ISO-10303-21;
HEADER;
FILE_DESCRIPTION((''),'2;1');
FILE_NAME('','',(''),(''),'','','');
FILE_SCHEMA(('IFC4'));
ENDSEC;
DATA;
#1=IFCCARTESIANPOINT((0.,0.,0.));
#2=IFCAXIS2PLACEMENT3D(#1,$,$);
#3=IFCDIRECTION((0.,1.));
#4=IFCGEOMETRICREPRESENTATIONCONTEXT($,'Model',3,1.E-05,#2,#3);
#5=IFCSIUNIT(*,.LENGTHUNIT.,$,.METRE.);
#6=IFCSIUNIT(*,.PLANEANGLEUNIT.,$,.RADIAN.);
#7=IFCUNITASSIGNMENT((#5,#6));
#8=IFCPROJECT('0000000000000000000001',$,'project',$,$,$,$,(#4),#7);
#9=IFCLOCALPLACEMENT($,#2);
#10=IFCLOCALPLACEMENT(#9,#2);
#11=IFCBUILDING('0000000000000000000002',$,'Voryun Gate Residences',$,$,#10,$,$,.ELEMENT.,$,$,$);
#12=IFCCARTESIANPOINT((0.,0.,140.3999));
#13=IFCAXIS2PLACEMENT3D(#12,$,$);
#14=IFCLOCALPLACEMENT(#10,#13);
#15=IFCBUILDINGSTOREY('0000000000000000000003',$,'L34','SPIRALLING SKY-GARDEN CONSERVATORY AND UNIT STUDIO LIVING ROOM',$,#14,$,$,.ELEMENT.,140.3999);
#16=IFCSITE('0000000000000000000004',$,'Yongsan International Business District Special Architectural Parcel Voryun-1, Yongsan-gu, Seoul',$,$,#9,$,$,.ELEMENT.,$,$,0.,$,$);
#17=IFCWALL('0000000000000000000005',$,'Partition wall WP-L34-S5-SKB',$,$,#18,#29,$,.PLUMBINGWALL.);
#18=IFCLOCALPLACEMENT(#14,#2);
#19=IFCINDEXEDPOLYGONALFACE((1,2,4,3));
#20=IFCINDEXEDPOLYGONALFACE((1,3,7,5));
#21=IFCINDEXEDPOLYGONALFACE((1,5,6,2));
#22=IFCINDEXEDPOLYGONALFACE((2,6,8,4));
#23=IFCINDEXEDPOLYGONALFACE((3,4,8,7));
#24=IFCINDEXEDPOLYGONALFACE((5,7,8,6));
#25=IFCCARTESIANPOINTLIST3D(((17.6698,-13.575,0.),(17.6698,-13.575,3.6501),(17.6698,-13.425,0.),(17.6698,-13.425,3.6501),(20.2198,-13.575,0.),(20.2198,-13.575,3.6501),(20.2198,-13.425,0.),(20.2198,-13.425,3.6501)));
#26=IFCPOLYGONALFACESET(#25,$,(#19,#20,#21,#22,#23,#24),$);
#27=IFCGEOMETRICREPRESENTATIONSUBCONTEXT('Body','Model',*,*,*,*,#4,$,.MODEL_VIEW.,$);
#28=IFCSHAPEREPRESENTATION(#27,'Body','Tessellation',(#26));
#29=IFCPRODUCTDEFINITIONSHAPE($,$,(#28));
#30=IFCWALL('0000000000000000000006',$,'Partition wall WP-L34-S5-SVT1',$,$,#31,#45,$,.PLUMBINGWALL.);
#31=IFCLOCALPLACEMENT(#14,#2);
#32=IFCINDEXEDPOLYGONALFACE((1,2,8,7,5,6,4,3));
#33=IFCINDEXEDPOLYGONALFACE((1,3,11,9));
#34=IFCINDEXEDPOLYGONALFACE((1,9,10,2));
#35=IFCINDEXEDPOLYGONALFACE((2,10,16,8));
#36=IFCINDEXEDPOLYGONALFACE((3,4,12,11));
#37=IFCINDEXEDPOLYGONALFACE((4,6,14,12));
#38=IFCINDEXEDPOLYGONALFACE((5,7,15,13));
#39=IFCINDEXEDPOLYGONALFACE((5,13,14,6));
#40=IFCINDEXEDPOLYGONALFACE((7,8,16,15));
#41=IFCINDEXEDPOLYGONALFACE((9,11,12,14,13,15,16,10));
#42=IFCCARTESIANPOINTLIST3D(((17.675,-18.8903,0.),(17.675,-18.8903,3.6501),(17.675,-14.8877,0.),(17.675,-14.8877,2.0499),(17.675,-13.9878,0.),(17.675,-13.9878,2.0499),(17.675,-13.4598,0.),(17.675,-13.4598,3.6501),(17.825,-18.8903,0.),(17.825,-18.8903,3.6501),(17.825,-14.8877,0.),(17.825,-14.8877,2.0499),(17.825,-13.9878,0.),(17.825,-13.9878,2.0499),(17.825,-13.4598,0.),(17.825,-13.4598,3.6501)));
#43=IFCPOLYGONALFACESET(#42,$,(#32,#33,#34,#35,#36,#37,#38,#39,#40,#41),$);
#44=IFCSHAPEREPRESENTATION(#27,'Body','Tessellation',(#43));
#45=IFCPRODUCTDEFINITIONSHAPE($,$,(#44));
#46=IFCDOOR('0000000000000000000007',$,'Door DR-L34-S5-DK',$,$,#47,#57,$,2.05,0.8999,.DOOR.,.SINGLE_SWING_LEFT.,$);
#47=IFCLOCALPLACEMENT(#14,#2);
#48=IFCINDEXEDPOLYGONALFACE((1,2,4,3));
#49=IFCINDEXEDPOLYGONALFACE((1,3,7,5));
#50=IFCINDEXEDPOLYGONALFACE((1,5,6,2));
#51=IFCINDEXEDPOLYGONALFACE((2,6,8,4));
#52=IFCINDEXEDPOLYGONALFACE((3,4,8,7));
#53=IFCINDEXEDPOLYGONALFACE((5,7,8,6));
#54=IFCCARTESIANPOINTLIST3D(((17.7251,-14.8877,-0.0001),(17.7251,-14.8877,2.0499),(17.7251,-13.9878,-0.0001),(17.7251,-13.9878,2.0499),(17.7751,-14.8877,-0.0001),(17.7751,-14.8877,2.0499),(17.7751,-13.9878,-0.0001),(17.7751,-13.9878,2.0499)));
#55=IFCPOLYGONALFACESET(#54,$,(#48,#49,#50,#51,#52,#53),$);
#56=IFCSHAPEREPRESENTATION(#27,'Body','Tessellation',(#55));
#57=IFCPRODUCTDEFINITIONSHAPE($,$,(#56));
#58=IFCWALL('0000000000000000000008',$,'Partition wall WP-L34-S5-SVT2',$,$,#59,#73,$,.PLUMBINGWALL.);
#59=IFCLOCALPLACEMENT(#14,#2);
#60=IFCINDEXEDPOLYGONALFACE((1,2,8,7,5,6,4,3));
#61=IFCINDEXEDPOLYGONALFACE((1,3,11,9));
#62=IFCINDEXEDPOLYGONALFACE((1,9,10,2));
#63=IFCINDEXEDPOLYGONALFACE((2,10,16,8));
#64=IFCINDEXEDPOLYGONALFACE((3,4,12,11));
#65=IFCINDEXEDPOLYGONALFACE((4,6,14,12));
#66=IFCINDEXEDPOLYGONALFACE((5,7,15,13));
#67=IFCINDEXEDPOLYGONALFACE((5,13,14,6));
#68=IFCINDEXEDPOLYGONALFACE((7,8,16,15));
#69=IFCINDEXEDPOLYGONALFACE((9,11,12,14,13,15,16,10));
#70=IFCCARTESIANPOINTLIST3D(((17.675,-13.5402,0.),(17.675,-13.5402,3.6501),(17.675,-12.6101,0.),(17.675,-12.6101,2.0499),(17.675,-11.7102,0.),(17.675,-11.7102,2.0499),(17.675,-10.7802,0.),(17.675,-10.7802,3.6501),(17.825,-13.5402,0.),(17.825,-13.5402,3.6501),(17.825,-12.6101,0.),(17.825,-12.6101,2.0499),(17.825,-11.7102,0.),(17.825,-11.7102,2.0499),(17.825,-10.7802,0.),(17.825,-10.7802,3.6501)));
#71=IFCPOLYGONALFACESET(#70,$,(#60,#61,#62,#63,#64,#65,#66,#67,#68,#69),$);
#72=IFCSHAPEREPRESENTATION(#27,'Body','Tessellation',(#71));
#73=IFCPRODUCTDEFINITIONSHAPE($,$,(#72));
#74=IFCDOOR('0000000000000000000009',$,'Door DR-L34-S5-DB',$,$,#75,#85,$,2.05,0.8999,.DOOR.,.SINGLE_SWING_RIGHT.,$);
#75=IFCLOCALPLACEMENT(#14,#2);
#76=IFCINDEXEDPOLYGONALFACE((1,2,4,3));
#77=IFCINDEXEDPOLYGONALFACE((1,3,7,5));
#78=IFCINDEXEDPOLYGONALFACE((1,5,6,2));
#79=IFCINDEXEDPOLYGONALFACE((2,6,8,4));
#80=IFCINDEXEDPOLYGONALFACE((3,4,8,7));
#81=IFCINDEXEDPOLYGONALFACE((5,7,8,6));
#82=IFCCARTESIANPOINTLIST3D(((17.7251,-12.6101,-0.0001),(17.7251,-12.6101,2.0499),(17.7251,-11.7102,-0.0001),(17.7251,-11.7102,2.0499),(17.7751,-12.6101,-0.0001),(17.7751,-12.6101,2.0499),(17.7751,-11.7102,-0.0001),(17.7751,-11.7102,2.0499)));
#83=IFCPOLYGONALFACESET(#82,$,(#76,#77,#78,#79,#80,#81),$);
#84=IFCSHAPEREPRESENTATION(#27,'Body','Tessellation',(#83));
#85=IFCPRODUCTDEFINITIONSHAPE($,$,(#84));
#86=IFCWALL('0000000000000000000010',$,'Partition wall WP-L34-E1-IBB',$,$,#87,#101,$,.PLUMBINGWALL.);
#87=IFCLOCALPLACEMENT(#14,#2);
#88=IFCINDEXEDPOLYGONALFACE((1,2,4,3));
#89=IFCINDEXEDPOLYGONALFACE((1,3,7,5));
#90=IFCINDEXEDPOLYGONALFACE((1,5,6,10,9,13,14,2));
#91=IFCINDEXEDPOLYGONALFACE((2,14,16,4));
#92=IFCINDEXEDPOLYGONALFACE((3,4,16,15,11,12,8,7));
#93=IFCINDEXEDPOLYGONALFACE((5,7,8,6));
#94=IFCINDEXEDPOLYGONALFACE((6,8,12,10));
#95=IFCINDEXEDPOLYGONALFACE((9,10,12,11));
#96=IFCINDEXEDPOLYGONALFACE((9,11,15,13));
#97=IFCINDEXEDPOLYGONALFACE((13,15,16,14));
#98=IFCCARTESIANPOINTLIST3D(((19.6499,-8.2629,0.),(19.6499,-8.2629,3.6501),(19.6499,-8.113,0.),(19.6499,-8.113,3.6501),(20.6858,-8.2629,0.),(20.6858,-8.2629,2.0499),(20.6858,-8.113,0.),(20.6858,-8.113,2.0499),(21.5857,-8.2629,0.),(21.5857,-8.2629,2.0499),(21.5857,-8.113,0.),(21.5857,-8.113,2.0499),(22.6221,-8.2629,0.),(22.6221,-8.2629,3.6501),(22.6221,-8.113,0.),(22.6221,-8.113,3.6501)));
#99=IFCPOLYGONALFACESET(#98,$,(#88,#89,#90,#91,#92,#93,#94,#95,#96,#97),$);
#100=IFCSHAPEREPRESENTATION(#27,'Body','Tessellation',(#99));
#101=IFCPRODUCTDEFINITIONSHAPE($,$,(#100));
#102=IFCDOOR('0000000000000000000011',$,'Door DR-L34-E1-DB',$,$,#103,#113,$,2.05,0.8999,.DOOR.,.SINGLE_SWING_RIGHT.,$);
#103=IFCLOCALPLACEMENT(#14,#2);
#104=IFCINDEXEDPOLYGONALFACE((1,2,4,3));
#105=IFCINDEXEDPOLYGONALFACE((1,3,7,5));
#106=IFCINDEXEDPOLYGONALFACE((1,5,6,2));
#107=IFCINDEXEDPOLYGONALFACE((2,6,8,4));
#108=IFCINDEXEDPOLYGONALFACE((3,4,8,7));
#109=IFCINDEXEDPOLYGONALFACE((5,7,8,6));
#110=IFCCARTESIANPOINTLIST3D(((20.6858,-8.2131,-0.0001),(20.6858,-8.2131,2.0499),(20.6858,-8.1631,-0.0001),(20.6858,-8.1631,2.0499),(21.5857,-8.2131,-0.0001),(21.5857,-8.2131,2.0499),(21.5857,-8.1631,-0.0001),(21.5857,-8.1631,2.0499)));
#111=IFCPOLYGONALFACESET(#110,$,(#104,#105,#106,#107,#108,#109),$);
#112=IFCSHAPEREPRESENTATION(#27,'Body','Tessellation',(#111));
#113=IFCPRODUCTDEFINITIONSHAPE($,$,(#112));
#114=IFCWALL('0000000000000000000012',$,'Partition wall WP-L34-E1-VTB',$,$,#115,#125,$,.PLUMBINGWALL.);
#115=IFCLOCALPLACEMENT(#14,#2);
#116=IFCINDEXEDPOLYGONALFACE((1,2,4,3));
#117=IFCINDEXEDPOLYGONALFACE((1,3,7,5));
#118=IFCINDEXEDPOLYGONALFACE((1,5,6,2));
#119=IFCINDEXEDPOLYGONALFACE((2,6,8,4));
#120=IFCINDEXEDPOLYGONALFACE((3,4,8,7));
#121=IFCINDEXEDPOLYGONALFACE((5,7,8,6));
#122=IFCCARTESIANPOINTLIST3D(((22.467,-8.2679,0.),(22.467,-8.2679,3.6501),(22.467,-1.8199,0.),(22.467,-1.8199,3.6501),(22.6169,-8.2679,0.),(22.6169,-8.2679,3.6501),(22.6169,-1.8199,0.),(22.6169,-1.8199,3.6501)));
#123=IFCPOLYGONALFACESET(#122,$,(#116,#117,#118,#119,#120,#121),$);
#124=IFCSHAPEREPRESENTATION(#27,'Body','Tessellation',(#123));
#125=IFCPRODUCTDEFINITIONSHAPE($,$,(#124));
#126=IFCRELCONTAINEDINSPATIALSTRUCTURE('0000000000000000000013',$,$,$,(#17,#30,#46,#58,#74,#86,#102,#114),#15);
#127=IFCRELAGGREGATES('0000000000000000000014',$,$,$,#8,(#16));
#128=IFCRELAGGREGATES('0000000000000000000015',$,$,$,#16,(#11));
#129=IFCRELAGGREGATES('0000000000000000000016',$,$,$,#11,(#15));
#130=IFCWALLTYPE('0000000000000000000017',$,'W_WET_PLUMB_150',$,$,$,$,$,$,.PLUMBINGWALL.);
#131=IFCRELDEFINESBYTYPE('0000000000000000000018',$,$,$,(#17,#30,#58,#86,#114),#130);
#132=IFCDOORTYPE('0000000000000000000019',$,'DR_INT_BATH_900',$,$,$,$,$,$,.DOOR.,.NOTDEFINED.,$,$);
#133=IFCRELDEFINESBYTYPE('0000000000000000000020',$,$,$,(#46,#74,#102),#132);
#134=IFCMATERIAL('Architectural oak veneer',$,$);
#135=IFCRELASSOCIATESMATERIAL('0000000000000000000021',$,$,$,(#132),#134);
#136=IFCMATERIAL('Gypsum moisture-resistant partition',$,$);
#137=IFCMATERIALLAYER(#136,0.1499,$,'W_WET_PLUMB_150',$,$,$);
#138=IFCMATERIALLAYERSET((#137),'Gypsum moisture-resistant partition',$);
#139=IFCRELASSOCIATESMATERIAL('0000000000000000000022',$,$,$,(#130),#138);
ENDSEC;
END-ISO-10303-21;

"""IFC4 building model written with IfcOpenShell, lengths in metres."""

from ifc_helpers import new_model, si_unit, direction, frame, frame_2d, origin, place, context, subcontext, project, spatial, rectangle, extrude, material, layer, layer_set, type_object, element, fill, save


model = new_model("IFC4")

# Units and contexts
model_context = context("Model", 3, precision=1e-05, world=origin(), true_north=direction((0.0, 1.0)))
body_context = subcontext(model_context, "Body", "Model", "MODEL_VIEW")
ifc_project = project(units=[si_unit("LENGTHUNIT", "METRE"), si_unit("PLANEANGLEUNIT", "RADIAN")], contexts=[model_context])

# Site, building, storey
site_placement = place(None, origin())
site = spatial("IfcSite", under=ifc_project, at=site_placement, Name="Yongsan International Business District Special Architectural Parcel Voryun-1, Yongsan-gu, Seoul", CompositionType="ELEMENT", RefElevation=0.0)
building_placement = place(site_placement, origin())
building = spatial("IfcBuilding", under=site, at=building_placement, Name="Voryun Gate Residences", CompositionType="ELEMENT")
storey_placement = place(building_placement, frame((0.0, 0.0, 140.3999)))
storey = spatial("IfcBuildingStorey", under=building, at=storey_placement, Name="L34", Description="SPIRALLING SKY-GARDEN CONSERVATORY AND UNIT STUDIO LIVING ROOM", CompositionType="ELEMENT", Elevation=140.3999)

# Shared definitions
ifc_material_1 = material(Name="Architectural oak veneer")
door_type_1 = type_object("IfcDoorType", Name="DR_INT_BATH_900", OperationType="NOTDEFINED", PredefinedType="DOOR", material=ifc_material_1)

# Wall
ifc_material_2 = material(Name="Gypsum moisture-resistant partition")
ifc_layer_1 = layer(ifc_material_2, 0.1499, Name="W_WET_PLUMB_150")
ifc_layer_set_1 = layer_set([ifc_layer_1], Name="Gypsum moisture-resistant partition")
wall_type_1 = type_object("IfcWallType", Name="W_WET_PLUMB_150", PredefinedType="PLUMBINGWALL", material=ifc_layer_set_1)
wall_1_placement = place(storey_placement, frame((17.6699, -13.5, 0.0), z_axis=(0.0, 0.0, 1.0), x_axis=(1.0, 0.0, 0.0)))
element("IfcWall", 1, at=wall_1_placement, inside=storey, type_object=wall_type_1, Name="Partition wall WP-L34-S5-SKB", PredefinedType="PLUMBINGWALL", context=body_context, shape_type="SweptSolid", body=[
    extrude(rectangle(XDim=2.55, YDim=0.1499, at=frame_2d((1.2749, 0.0))), origin(), (0.0, 0.0, 1.0), 3.6501),
])

# Walls, openings, doors
wall_2_placement = place(storey_placement, frame((17.75, -18.8904, 0.0), z_axis=(0.0, 0.0, 1.0), x_axis=(0.0, 1.0, 0.0)))
wall_2 = element("IfcWall", 2, at=wall_2_placement, inside=storey, type_object=wall_type_1, Name="Partition wall WP-L34-S5-SVT1", PredefinedType="PLUMBINGWALL", context=body_context, shape_type="SweptSolid", body=[
    extrude(rectangle(XDim=5.4304, YDim=0.1499, at=frame_2d((2.7153, 0.0))), origin(), (0.0, 0.0, 1.0), 3.6501),
])
opening_1_placement = place(wall_2_placement, frame((4.0027, 0.0, 0.0)))
opening_1 = element("IfcOpeningElement", 3, at=opening_1_placement, cuts=wall_2, PredefinedType="OPENING", context=body_context, shape_type="SweptSolid", body=[
    extrude(rectangle(XDim=0.8999, YDim=2.05, at=frame_2d((0.45, 1.0249))), frame((0.0, 0.085, 0.0), z_axis=(0.0, -1.0, 0.0), x_axis=(1.0, 0.0, 0.0)), (0.0, 0.0, 1.0), 0.1699),
])
door_1_placement = place(opening_1_placement, origin())
door_1 = element("IfcDoor", 4, at=door_1_placement, inside=storey, type_object=door_type_1, Name="Door DR-L34-S5-DK", OperationType="SINGLE_SWING_LEFT", OverallHeight=2.05, OverallWidth=0.8999, PredefinedType="DOOR", context=body_context, shape_type="SweptSolid", body=[
    extrude(rectangle(XDim=0.8999, YDim=2.05, at=frame_2d((0.45, 1.0249))), frame((0.0, 0.0249, 0.0), z_axis=(0.0, -1.0, 0.0), x_axis=(1.0, 0.0, 0.0)), (0.0, 0.0, 1.0), 0.05),
])
fill(opening_1, door_1)
wall_3_placement = place(storey_placement, frame((17.75, -13.54, 0.0), z_axis=(0.0, 0.0, 1.0), x_axis=(0.0, 1.0, 0.0)))
wall_3 = element("IfcWall", 5, at=wall_3_placement, inside=storey, type_object=wall_type_1, Name="Partition wall WP-L34-S5-SVT2", PredefinedType="PLUMBINGWALL", context=body_context, shape_type="SweptSolid", body=[
    extrude(rectangle(XDim=2.76, YDim=0.1499, at=frame_2d((1.3799, 0.0))), origin(), (0.0, 0.0, 1.0), 3.6501),
])
opening_2_placement = place(wall_3_placement, frame((0.9299, 0.0, 0.0)))
opening_2 = element("IfcOpeningElement", 6, at=opening_2_placement, cuts=wall_3, PredefinedType="OPENING", context=body_context, shape_type="SweptSolid", body=[
    extrude(rectangle(XDim=0.8999, YDim=2.05, at=frame_2d((0.45, 1.0249))), frame((0.0, 0.085, 0.0), z_axis=(0.0, -1.0, 0.0), x_axis=(1.0, 0.0, 0.0)), (0.0, 0.0, 1.0), 0.1699),
])
door_2_placement = place(opening_2_placement, origin())
door_2 = element("IfcDoor", 7, at=door_2_placement, inside=storey, type_object=door_type_1, Name="Door DR-L34-S5-DB", OperationType="SINGLE_SWING_RIGHT", OverallHeight=2.05, OverallWidth=0.8999, PredefinedType="DOOR", context=body_context, shape_type="SweptSolid", body=[
    extrude(rectangle(XDim=0.8999, YDim=2.05, at=frame_2d((0.45, 1.0249))), frame((0.0, 0.0249, 0.0), z_axis=(0.0, -1.0, 0.0), x_axis=(1.0, 0.0, 0.0)), (0.0, 0.0, 1.0), 0.05),
])
fill(opening_2, door_2)
wall_4_placement = place(storey_placement, frame((19.6499, -8.188, 0.0), z_axis=(0.0, 0.0, 1.0), x_axis=(1.0, 0.0, 0.0)))
wall_4 = element("IfcWall", 8, at=wall_4_placement, inside=storey, type_object=wall_type_1, Name="Partition wall WP-L34-E1-IBB", PredefinedType="PLUMBINGWALL", context=body_context, shape_type="SweptSolid", body=[
    extrude(rectangle(XDim=2.9722, YDim=0.1499, at=frame_2d((1.4861, 0.0))), origin(), (0.0, 0.0, 1.0), 3.6501),
])
opening_3_placement = place(wall_4_placement, frame((1.0359, 0.0, 0.0)))
opening_3 = element("IfcOpeningElement", 9, at=opening_3_placement, cuts=wall_4, PredefinedType="OPENING", context=body_context, shape_type="SweptSolid", body=[
    extrude(rectangle(XDim=0.8999, YDim=2.05, at=frame_2d((0.45, 1.0249))), frame((0.0, 0.085, 0.0), z_axis=(0.0, -1.0, 0.0), x_axis=(1.0, 0.0, 0.0)), (0.0, 0.0, 1.0), 0.1699),
])
door_3_placement = place(opening_3_placement, origin())
door_3 = element("IfcDoor", 10, at=door_3_placement, inside=storey, type_object=door_type_1, Name="Door DR-L34-E1-DB", OperationType="SINGLE_SWING_RIGHT", OverallHeight=2.05, OverallWidth=0.8999, PredefinedType="DOOR", context=body_context, shape_type="SweptSolid", body=[
    extrude(rectangle(XDim=0.8999, YDim=2.05, at=frame_2d((0.45, 1.0249))), frame((0.0, 0.0249, 0.0), z_axis=(0.0, -1.0, 0.0), x_axis=(1.0, 0.0, 0.0)), (0.0, 0.0, 1.0), 0.05),
])
fill(opening_3, door_3)

# Wall
wall_5_placement = place(storey_placement, frame((22.542, -8.2681, 0.0), z_axis=(0.0, 0.0, 1.0), x_axis=(0.0, 1.0, 0.0)))
element("IfcWall", 11, at=wall_5_placement, inside=storey, type_object=wall_type_1, Name="Partition wall WP-L34-E1-VTB", PredefinedType="PLUMBINGWALL", context=body_context, shape_type="SweptSolid", body=[
    extrude(rectangle(XDim=6.448, YDim=0.1499, at=frame_2d((3.2241, 0.0))), origin(), (0.0, 0.0, 1.0), 3.6501),
])

save(model, "model.ifc")
